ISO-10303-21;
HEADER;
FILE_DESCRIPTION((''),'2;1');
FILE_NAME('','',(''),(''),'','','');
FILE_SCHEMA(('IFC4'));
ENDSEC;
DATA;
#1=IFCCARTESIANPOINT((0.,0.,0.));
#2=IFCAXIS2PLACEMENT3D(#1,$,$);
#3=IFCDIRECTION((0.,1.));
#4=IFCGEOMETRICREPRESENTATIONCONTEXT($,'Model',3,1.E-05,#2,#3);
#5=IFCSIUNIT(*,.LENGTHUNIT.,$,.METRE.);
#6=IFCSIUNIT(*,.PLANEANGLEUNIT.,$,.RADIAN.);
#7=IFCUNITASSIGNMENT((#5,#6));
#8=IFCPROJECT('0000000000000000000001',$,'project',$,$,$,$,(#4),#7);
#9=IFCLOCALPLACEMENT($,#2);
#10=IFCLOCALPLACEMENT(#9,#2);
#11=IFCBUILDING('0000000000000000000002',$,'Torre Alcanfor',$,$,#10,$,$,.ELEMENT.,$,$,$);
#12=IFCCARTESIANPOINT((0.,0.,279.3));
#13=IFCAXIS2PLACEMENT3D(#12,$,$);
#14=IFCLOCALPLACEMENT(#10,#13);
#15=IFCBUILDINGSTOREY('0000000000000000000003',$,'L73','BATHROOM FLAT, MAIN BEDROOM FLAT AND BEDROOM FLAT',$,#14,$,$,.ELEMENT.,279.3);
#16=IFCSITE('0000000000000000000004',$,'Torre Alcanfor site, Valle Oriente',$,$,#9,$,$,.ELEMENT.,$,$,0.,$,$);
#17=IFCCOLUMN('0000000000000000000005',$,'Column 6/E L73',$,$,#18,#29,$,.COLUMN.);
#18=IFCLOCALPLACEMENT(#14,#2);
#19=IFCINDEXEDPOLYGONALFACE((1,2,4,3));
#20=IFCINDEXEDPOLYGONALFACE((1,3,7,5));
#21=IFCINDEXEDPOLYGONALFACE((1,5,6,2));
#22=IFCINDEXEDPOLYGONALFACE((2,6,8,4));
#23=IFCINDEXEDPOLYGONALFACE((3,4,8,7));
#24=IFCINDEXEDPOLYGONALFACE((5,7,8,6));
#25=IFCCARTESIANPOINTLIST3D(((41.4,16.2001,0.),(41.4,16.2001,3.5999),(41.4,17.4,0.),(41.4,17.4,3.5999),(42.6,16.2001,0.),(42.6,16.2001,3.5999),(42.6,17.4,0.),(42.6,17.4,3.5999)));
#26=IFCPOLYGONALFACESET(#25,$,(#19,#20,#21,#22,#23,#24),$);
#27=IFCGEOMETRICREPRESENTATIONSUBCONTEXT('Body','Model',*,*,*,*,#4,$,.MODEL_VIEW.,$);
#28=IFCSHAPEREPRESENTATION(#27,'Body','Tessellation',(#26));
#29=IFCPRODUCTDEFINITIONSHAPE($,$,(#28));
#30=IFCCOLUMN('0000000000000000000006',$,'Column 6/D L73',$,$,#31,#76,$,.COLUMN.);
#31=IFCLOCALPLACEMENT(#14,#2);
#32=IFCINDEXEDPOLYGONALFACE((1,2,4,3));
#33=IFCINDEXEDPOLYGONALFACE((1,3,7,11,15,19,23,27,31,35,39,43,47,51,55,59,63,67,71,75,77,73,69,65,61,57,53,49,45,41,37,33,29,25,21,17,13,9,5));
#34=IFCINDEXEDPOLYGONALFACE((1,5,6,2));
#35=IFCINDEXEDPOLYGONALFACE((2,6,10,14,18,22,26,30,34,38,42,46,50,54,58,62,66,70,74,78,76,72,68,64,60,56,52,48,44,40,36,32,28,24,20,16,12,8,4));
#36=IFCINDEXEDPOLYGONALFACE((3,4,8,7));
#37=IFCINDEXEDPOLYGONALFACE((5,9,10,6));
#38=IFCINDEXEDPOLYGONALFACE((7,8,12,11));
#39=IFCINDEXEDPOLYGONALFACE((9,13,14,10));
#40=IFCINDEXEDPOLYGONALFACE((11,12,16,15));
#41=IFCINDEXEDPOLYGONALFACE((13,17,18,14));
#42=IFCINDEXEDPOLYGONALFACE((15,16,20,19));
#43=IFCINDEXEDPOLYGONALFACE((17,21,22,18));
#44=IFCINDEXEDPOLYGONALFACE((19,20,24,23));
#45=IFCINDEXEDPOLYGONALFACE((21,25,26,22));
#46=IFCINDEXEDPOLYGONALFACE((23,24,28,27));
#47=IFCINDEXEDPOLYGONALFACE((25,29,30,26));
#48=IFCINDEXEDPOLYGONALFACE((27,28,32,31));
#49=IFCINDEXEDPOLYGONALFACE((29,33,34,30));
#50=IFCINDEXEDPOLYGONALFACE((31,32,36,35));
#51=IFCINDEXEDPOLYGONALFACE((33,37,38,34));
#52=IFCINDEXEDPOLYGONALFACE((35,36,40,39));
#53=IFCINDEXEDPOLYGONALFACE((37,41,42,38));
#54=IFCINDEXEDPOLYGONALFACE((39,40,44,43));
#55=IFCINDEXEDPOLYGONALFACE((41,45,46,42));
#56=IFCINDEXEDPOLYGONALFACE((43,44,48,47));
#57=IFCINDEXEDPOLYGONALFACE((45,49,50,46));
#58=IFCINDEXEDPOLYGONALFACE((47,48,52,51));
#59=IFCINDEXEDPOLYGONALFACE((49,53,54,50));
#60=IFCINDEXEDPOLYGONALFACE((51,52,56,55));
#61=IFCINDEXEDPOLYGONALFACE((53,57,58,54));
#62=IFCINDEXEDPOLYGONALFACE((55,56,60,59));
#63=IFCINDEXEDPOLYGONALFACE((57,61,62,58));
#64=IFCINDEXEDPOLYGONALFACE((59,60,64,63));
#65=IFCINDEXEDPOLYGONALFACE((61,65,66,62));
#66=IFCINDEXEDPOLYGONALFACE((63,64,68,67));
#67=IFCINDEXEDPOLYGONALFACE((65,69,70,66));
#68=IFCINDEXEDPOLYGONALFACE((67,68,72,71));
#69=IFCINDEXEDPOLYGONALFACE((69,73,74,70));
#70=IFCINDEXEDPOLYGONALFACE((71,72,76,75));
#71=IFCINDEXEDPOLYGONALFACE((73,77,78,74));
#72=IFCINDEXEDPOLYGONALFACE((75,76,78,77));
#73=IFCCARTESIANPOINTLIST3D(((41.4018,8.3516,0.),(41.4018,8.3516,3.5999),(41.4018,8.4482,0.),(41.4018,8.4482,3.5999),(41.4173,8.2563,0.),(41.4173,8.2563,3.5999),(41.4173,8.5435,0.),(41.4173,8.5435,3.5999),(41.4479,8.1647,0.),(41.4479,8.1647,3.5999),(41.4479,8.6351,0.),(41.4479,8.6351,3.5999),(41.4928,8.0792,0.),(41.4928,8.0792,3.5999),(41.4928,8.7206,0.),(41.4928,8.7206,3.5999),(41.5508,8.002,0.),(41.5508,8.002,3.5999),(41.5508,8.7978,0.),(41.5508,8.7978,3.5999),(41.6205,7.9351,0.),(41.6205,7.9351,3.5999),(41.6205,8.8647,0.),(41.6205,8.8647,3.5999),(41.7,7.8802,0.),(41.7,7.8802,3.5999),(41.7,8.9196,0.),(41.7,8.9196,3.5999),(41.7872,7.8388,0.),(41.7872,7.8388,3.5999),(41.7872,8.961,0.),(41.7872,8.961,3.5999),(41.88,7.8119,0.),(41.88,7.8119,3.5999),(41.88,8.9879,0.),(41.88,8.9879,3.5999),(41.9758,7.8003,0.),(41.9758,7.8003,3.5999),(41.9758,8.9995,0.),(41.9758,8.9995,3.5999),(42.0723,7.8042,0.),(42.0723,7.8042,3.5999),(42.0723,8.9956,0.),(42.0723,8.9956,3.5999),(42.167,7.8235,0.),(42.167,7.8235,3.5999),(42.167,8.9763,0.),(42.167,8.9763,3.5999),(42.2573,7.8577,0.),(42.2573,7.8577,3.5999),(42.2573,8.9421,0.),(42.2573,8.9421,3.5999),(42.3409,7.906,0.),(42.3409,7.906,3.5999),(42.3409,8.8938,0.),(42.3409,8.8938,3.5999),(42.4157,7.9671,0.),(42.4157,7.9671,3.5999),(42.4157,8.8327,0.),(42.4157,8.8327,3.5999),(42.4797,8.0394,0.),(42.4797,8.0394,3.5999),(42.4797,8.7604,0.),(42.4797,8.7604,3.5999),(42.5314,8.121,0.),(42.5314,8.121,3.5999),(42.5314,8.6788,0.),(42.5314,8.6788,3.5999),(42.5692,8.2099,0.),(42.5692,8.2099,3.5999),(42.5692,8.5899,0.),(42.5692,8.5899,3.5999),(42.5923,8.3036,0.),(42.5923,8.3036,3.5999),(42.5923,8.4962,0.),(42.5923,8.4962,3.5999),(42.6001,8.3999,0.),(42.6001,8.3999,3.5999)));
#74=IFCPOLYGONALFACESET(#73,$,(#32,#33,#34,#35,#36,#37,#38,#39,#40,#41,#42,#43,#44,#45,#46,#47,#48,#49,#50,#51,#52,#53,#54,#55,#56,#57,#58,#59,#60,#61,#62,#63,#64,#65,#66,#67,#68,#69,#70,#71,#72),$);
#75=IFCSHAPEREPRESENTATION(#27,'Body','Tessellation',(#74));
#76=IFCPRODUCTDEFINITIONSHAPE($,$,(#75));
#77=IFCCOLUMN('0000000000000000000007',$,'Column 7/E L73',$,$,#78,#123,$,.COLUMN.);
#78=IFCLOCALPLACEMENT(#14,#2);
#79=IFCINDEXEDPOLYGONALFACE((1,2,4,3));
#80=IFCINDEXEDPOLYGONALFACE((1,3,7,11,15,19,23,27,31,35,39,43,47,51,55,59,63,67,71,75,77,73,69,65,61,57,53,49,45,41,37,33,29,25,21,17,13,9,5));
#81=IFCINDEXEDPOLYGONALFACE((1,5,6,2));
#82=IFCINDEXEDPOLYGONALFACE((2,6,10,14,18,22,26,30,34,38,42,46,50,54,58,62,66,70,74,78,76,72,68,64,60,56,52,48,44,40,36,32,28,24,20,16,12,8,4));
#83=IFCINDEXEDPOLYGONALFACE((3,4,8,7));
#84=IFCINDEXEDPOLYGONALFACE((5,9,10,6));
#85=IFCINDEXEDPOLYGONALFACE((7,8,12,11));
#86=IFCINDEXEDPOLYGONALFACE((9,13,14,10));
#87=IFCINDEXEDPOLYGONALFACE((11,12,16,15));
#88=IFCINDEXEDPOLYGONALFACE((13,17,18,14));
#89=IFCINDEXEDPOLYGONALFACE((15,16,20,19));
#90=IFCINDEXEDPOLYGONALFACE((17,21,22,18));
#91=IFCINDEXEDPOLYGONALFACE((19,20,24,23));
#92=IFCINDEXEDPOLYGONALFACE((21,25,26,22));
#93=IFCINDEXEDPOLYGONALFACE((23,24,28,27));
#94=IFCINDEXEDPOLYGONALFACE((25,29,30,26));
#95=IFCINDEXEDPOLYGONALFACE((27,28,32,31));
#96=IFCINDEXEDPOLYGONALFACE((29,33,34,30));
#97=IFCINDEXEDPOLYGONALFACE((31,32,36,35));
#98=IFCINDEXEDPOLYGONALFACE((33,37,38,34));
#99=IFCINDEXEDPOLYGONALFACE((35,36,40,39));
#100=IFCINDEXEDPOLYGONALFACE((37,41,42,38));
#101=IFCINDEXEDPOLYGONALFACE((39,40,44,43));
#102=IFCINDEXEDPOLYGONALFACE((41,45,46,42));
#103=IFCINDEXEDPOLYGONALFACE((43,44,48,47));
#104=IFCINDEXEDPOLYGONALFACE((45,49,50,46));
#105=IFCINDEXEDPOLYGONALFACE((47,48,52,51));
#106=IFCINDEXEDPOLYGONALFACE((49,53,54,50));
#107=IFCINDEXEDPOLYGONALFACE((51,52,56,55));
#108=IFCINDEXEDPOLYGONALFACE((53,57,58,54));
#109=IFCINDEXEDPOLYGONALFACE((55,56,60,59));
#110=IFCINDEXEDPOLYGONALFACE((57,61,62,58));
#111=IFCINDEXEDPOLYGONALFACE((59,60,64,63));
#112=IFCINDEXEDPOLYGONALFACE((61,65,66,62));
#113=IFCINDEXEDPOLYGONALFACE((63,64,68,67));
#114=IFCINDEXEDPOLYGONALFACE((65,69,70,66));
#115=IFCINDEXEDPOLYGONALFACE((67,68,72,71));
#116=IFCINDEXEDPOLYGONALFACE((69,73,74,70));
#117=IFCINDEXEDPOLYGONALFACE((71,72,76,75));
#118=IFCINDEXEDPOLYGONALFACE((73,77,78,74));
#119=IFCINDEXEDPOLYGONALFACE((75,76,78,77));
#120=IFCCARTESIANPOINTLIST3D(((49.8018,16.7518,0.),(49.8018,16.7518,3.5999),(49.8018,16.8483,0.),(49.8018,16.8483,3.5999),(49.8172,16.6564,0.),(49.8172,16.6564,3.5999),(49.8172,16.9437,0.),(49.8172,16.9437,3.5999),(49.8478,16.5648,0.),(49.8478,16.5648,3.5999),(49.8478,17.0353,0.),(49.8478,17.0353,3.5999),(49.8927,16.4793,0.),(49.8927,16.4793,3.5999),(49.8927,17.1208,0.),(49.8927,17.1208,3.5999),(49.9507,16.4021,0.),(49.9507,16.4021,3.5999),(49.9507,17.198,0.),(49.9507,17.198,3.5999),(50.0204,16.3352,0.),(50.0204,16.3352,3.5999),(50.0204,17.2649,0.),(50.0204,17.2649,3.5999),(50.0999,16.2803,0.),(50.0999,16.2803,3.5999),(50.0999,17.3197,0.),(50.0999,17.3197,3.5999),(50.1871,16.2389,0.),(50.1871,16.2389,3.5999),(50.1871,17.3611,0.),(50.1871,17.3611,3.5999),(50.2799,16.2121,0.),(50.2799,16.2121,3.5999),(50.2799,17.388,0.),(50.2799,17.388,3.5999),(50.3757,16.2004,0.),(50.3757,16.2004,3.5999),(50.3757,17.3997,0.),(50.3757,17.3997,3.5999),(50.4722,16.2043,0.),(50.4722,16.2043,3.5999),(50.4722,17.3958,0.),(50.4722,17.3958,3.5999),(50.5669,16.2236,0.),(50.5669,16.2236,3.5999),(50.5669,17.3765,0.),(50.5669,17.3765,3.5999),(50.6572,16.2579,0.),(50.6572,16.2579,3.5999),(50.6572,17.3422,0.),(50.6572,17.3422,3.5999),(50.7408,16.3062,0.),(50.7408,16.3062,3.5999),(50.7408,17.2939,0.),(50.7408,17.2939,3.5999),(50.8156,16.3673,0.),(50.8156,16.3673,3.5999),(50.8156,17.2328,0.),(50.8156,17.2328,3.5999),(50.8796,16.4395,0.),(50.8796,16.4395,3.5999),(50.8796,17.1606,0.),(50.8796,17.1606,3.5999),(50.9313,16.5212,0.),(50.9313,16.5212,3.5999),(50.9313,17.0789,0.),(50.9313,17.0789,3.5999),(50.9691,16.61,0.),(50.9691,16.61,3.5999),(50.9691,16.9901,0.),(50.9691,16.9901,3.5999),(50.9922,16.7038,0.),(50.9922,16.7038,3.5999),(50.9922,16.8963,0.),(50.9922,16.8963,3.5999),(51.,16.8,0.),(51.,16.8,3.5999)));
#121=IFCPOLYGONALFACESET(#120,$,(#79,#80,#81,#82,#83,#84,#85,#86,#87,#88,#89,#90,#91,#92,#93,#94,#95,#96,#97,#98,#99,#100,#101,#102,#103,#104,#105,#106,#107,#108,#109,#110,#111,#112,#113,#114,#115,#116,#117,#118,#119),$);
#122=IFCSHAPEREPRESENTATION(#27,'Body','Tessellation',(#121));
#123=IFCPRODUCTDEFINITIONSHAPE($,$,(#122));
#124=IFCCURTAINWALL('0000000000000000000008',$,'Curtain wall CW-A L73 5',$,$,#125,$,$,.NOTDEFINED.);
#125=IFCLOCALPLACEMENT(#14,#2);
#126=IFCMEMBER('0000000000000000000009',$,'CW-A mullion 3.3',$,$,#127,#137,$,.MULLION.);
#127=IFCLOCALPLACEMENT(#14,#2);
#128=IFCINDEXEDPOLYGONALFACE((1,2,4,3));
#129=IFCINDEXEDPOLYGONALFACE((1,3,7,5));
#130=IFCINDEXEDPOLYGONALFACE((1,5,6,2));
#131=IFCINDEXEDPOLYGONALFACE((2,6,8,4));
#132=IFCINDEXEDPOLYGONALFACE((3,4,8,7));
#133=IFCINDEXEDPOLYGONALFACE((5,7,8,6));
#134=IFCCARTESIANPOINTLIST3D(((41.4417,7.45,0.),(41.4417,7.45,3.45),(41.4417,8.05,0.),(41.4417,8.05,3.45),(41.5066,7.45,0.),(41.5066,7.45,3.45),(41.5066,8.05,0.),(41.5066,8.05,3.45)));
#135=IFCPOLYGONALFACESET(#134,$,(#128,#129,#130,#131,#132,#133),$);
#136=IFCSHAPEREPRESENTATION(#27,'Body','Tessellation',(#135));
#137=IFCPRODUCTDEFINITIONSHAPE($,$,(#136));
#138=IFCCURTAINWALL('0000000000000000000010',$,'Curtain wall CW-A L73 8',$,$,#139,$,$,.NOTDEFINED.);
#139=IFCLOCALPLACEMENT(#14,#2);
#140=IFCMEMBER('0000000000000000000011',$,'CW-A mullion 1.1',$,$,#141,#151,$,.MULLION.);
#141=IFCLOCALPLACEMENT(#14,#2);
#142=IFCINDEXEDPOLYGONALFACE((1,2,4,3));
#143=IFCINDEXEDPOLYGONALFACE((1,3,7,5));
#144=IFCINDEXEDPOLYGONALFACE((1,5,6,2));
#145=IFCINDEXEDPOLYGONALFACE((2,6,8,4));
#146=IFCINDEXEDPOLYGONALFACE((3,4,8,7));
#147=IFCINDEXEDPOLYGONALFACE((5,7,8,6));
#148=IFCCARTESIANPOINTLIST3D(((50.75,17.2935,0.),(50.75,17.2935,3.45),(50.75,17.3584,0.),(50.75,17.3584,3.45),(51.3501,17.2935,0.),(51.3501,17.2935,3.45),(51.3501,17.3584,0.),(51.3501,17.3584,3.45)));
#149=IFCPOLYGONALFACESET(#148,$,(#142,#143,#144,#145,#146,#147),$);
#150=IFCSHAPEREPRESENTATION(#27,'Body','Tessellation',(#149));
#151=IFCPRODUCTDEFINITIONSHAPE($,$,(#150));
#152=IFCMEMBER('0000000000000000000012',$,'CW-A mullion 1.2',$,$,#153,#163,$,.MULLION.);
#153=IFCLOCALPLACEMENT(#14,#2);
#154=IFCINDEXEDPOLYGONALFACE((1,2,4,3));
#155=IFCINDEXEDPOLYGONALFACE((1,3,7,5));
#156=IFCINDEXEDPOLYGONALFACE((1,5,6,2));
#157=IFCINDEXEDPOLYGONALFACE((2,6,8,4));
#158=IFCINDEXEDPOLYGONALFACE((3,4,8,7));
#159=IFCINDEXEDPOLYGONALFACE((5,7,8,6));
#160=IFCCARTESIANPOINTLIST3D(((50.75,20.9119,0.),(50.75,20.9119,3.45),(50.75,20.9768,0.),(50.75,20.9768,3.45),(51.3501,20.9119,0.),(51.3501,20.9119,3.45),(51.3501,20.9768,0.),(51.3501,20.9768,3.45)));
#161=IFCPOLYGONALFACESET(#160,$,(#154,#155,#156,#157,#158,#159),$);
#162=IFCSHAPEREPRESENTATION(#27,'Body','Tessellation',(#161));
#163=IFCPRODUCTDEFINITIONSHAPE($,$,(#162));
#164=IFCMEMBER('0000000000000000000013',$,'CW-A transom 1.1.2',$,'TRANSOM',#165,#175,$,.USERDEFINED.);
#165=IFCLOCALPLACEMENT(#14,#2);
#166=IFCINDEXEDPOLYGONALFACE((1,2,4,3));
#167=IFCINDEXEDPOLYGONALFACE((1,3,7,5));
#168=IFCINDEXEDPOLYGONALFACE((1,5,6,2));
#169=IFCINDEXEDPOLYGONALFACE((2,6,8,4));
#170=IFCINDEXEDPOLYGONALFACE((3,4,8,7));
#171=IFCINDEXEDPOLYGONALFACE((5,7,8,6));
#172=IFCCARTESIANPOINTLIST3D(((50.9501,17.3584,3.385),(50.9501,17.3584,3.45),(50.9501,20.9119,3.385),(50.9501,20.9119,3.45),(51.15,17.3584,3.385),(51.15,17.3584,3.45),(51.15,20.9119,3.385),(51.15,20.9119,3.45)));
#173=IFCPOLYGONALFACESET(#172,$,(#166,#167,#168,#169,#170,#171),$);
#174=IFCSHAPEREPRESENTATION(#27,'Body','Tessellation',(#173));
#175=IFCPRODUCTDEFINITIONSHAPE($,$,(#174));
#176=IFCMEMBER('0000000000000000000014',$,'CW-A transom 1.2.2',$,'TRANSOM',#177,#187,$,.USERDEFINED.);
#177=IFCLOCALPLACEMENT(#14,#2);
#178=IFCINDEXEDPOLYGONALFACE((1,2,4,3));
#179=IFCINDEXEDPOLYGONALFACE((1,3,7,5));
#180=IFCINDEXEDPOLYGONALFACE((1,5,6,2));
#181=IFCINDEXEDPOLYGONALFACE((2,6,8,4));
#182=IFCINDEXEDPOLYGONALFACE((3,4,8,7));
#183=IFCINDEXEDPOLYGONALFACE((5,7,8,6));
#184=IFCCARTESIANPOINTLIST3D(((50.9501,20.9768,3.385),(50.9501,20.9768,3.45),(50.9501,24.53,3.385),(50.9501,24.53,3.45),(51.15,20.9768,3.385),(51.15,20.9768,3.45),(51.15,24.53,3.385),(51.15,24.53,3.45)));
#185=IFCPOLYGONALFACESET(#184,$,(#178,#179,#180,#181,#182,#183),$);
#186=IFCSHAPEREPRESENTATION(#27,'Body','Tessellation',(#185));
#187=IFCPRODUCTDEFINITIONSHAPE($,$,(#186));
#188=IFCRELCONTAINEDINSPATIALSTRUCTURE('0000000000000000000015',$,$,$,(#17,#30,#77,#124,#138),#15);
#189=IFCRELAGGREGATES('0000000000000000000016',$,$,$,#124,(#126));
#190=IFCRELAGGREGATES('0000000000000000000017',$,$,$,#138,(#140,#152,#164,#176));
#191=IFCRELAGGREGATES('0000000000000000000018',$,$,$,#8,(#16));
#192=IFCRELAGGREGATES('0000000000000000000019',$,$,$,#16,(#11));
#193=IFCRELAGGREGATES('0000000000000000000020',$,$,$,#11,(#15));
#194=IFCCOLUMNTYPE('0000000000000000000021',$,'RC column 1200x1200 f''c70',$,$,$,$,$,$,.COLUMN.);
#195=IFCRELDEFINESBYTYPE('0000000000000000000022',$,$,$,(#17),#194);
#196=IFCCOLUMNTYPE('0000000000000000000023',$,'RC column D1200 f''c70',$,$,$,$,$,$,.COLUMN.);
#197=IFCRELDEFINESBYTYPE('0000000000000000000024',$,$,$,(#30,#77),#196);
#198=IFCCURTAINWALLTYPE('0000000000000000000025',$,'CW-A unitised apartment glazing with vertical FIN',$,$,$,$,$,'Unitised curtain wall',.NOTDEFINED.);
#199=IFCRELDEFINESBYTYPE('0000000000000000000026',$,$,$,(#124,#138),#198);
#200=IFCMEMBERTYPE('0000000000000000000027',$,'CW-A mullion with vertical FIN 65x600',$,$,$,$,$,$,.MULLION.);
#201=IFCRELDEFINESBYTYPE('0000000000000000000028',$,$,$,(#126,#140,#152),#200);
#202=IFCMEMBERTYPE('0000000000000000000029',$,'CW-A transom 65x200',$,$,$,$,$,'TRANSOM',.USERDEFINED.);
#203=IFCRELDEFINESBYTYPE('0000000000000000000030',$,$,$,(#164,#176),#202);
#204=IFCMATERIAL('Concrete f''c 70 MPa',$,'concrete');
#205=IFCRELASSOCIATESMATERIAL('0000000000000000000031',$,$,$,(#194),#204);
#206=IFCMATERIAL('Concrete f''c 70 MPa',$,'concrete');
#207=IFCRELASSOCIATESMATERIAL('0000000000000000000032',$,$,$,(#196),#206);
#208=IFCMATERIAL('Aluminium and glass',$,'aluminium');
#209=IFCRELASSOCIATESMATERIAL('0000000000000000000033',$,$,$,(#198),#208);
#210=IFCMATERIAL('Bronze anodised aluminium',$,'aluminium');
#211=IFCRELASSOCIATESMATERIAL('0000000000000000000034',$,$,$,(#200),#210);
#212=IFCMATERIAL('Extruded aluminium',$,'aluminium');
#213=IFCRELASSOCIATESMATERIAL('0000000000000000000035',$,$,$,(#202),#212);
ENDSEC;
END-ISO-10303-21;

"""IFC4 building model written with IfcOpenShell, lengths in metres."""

from ifc_helpers import new_model, si_unit, direction, frame, origin, origin_2d, place, context, subcontext, project, spatial, rectangle, circle, extrude, material, material_profile, profile_set, type_object, element, aggregate, save


model = new_model("IFC4")

# Units and contexts
model_context = context("Model", 3, precision=1e-05, world=origin(), true_north=direction((0.0, 1.0)))
body_context = subcontext(model_context, "Body", "Model", "MODEL_VIEW")
ifc_project = project(units=[si_unit("LENGTHUNIT", "METRE"), si_unit("PLANEANGLEUNIT", "RADIAN")], contexts=[model_context])

# Site, building, storey
site_placement = place(None, origin())
site = spatial("IfcSite", under=ifc_project, at=site_placement, Name="Torre Alcanfor site, Valle Oriente", CompositionType="ELEMENT", RefElevation=0.0)
building_placement = place(site_placement, origin())
building = spatial("IfcBuilding", under=site, at=building_placement, Name="Torre Alcanfor", CompositionType="ELEMENT")
storey_placement = place(building_placement, frame((0.0, 0.0, 279.3)))
storey = spatial("IfcBuildingStorey", under=building, at=storey_placement, Name="L73", Description="BATHROOM FLAT, MAIN BEDROOM FLAT AND BEDROOM FLAT", CompositionType="ELEMENT", Elevation=279.3)

# Columns
ifc_material_1 = material(Name="Concrete f'c 70 MPa", Category="concrete")
ifc_material_profile_1 = material_profile(ifc_material_1, rectangle(XDim=1.2, YDim=1.2, at=origin_2d()), Name="1200x1200")
ifc_profile_set_1 = profile_set([ifc_material_profile_1], Name="Concrete f'c 70 MPa")
column_type_1 = type_object("IfcColumnType", Name="RC column 1200x1200 f'c70", PredefinedType="COLUMN", material=ifc_profile_set_1)
column_placement = place(storey_placement, frame((42.0, 16.8, 0.0), z_axis=(0.0, 0.0, 1.0), x_axis=(1.0, 0.0, 0.0)))
element("IfcColumn", 1, at=column_placement, inside=storey, type_object=column_type_1, Name="Column 6/E L73", PredefinedType="COLUMN", context=body_context, shape_type="SweptSolid", body=[
    extrude(rectangle(XDim=1.2, YDim=1.2, at=origin_2d()), origin(), (0.0, 0.0, 1.0), 3.5999),
])
ifc_material_2 = material(Name="Concrete f'c 70 MPa", Category="concrete")
ifc_material_profile_2 = material_profile(ifc_material_2, circle(Radius=0.6001, at=origin_2d()), Name="D1200")
ifc_profile_set_2 = profile_set([ifc_material_profile_2], Name="Concrete f'c 70 MPa")
column_type_2 = type_object("IfcColumnType", Name="RC column D1200 f'c70", PredefinedType="COLUMN", material=ifc_profile_set_2)
for number, where, z_axis, x_axis, name in (
    (2, (42.0, 8.3999, 0.0), (0.0, 0.0, 1.0), (1.0, 0.0, 0.0), "Column 6/D L73"),
    (3, (50.3999, 16.8, 0.0), (0.0, 0.0, 1.0), (1.0, 0.0, 0.0), "Column 7/E L73"),
):
    element("IfcColumn", number, at=place(storey_placement, frame(where, z_axis=z_axis, x_axis=x_axis)), inside=storey, type_object=column_type_2, Name=name, PredefinedType="COLUMN", context=body_context, shape_type="SweptSolid", body=[
        extrude(circle(Radius=0.6001, at=origin_2d()), origin(), (0.0, 0.0, 1.0), 3.5999),
    ])

# Curtain wall, member
ifc_material_3 = material(Name="Aluminium and glass", Category="aluminium")
curtain_wall_type = type_object("IfcCurtainWallType", Name="CW-A unitised apartment glazing with vertical FIN", ElementType="Unitised curtain wall", PredefinedType="NOTDEFINED", material=ifc_material_3)
curtain_wall_1_placement = place(storey_placement, origin())
curtain_wall_1 = element("IfcCurtainWall", 4, at=curtain_wall_1_placement, inside=storey, type_object=curtain_wall_type, Name="Curtain wall CW-A L73 5", PredefinedType="NOTDEFINED")
ifc_material_4 = material(Name="Bronze anodised aluminium", Category="aluminium")
ifc_material_profile_3 = material_profile(ifc_material_4, rectangle(XDim=0.6001, YDim=0.0649, at=origin_2d()), Name="CW-A mullion 65x600")
ifc_profile_set_3 = profile_set([ifc_material_profile_3], Name="Bronze anodised aluminium")
member_type_1 = type_object("IfcMemberType", Name="CW-A mullion with vertical FIN 65x600", PredefinedType="MULLION", material=ifc_profile_set_3)
member_1_placement = place(storey_placement, frame((41.4741, 7.75, 0.0), z_axis=(0.0, 0.0, 1.0), x_axis=(0.0, 1.0, 0.0)))
member_1 = element("IfcMember", 5, at=member_1_placement, type_object=member_type_1, Name="CW-A mullion 3.3", PredefinedType="MULLION", context=body_context, shape_type="SweptSolid", body=[
    extrude(rectangle(XDim=0.6001, YDim=0.0649, at=origin_2d()), origin(), (0.0, 0.0, 1.0), 3.45),
])

# Curtain wall, members
curtain_wall_2_placement = place(storey_placement, origin())
curtain_wall_2 = element("IfcCurtainWall", 6, at=curtain_wall_2_placement, inside=storey, type_object=curtain_wall_type, Name="Curtain wall CW-A L73 8", PredefinedType="NOTDEFINED")
member_2_placement = place(storey_placement, frame((51.05, 17.3259, 0.0), z_axis=(0.0, 0.0, 1.0), x_axis=(-1.0, 0.0, 0.0)))
member_2 = element("IfcMember", 7, at=member_2_placement, type_object=member_type_1, Name="CW-A mullion 1.1", PredefinedType="MULLION", context=body_context, shape_type="SweptSolid", body=[
    extrude(rectangle(XDim=0.6001, YDim=0.0649, at=origin_2d()), origin(), (0.0, 0.0, 1.0), 3.45),
])
member_3_placement = place(storey_placement, frame((51.05, 20.9443, 0.0), z_axis=(0.0, 0.0, 1.0), x_axis=(-1.0, 0.0, 0.0)))
member_3 = element("IfcMember", 8, at=member_3_placement, type_object=member_type_1, Name="CW-A mullion 1.2", PredefinedType="MULLION", context=body_context, shape_type="SweptSolid", body=[
    extrude(rectangle(XDim=0.6001, YDim=0.0649, at=origin_2d()), origin(), (0.0, 0.0, 1.0), 3.45),
])
ifc_material_5 = material(Name="Extruded aluminium", Category="aluminium")
ifc_material_profile_4 = material_profile(ifc_material_5, rectangle(XDim=0.2, YDim=0.0649, at=origin_2d()), Name="CW-A transom 200x65")
ifc_profile_set_4 = profile_set([ifc_material_profile_4], Name="Extruded aluminium")
member_type_2 = type_object("IfcMemberType", Name="CW-A transom 65x200", ElementType="TRANSOM", PredefinedType="USERDEFINED", material=ifc_profile_set_4)
member_4_placement = place(storey_placement, frame((51.05, 17.3584, 3.4175), z_axis=(0.0, 1.0, 0.0), x_axis=(-1.0, 0.0, 0.0)))
member_4 = element("IfcMember", 9, at=member_4_placement, type_object=member_type_2, Name="CW-A transom 1.1.2", ObjectType="TRANSOM", PredefinedType="USERDEFINED", context=body_context, shape_type="SweptSolid", body=[
    extrude(rectangle(XDim=0.2, YDim=0.0649, at=origin_2d()), origin(), (0.0, 0.0, 1.0), 3.5535),
])
member_5_placement = place(storey_placement, frame((51.05, 20.9768, 3.4175), z_axis=(0.0, 1.0, 0.0), x_axis=(-1.0, 0.0, 0.0)))
member_5 = element("IfcMember", 10, at=member_5_placement, type_object=member_type_2, Name="CW-A transom 1.2.2", ObjectType="TRANSOM", PredefinedType="USERDEFINED", context=body_context, shape_type="SweptSolid", body=[
    extrude(rectangle(XDim=0.2, YDim=0.0649, at=origin_2d()), origin(), (0.0, 0.0, 1.0), 3.5532),
])

aggregate(curtain_wall_1, [member_1])
aggregate(curtain_wall_2, [member_2, member_3, member_4, member_5])

save(model, "model.ifc")
